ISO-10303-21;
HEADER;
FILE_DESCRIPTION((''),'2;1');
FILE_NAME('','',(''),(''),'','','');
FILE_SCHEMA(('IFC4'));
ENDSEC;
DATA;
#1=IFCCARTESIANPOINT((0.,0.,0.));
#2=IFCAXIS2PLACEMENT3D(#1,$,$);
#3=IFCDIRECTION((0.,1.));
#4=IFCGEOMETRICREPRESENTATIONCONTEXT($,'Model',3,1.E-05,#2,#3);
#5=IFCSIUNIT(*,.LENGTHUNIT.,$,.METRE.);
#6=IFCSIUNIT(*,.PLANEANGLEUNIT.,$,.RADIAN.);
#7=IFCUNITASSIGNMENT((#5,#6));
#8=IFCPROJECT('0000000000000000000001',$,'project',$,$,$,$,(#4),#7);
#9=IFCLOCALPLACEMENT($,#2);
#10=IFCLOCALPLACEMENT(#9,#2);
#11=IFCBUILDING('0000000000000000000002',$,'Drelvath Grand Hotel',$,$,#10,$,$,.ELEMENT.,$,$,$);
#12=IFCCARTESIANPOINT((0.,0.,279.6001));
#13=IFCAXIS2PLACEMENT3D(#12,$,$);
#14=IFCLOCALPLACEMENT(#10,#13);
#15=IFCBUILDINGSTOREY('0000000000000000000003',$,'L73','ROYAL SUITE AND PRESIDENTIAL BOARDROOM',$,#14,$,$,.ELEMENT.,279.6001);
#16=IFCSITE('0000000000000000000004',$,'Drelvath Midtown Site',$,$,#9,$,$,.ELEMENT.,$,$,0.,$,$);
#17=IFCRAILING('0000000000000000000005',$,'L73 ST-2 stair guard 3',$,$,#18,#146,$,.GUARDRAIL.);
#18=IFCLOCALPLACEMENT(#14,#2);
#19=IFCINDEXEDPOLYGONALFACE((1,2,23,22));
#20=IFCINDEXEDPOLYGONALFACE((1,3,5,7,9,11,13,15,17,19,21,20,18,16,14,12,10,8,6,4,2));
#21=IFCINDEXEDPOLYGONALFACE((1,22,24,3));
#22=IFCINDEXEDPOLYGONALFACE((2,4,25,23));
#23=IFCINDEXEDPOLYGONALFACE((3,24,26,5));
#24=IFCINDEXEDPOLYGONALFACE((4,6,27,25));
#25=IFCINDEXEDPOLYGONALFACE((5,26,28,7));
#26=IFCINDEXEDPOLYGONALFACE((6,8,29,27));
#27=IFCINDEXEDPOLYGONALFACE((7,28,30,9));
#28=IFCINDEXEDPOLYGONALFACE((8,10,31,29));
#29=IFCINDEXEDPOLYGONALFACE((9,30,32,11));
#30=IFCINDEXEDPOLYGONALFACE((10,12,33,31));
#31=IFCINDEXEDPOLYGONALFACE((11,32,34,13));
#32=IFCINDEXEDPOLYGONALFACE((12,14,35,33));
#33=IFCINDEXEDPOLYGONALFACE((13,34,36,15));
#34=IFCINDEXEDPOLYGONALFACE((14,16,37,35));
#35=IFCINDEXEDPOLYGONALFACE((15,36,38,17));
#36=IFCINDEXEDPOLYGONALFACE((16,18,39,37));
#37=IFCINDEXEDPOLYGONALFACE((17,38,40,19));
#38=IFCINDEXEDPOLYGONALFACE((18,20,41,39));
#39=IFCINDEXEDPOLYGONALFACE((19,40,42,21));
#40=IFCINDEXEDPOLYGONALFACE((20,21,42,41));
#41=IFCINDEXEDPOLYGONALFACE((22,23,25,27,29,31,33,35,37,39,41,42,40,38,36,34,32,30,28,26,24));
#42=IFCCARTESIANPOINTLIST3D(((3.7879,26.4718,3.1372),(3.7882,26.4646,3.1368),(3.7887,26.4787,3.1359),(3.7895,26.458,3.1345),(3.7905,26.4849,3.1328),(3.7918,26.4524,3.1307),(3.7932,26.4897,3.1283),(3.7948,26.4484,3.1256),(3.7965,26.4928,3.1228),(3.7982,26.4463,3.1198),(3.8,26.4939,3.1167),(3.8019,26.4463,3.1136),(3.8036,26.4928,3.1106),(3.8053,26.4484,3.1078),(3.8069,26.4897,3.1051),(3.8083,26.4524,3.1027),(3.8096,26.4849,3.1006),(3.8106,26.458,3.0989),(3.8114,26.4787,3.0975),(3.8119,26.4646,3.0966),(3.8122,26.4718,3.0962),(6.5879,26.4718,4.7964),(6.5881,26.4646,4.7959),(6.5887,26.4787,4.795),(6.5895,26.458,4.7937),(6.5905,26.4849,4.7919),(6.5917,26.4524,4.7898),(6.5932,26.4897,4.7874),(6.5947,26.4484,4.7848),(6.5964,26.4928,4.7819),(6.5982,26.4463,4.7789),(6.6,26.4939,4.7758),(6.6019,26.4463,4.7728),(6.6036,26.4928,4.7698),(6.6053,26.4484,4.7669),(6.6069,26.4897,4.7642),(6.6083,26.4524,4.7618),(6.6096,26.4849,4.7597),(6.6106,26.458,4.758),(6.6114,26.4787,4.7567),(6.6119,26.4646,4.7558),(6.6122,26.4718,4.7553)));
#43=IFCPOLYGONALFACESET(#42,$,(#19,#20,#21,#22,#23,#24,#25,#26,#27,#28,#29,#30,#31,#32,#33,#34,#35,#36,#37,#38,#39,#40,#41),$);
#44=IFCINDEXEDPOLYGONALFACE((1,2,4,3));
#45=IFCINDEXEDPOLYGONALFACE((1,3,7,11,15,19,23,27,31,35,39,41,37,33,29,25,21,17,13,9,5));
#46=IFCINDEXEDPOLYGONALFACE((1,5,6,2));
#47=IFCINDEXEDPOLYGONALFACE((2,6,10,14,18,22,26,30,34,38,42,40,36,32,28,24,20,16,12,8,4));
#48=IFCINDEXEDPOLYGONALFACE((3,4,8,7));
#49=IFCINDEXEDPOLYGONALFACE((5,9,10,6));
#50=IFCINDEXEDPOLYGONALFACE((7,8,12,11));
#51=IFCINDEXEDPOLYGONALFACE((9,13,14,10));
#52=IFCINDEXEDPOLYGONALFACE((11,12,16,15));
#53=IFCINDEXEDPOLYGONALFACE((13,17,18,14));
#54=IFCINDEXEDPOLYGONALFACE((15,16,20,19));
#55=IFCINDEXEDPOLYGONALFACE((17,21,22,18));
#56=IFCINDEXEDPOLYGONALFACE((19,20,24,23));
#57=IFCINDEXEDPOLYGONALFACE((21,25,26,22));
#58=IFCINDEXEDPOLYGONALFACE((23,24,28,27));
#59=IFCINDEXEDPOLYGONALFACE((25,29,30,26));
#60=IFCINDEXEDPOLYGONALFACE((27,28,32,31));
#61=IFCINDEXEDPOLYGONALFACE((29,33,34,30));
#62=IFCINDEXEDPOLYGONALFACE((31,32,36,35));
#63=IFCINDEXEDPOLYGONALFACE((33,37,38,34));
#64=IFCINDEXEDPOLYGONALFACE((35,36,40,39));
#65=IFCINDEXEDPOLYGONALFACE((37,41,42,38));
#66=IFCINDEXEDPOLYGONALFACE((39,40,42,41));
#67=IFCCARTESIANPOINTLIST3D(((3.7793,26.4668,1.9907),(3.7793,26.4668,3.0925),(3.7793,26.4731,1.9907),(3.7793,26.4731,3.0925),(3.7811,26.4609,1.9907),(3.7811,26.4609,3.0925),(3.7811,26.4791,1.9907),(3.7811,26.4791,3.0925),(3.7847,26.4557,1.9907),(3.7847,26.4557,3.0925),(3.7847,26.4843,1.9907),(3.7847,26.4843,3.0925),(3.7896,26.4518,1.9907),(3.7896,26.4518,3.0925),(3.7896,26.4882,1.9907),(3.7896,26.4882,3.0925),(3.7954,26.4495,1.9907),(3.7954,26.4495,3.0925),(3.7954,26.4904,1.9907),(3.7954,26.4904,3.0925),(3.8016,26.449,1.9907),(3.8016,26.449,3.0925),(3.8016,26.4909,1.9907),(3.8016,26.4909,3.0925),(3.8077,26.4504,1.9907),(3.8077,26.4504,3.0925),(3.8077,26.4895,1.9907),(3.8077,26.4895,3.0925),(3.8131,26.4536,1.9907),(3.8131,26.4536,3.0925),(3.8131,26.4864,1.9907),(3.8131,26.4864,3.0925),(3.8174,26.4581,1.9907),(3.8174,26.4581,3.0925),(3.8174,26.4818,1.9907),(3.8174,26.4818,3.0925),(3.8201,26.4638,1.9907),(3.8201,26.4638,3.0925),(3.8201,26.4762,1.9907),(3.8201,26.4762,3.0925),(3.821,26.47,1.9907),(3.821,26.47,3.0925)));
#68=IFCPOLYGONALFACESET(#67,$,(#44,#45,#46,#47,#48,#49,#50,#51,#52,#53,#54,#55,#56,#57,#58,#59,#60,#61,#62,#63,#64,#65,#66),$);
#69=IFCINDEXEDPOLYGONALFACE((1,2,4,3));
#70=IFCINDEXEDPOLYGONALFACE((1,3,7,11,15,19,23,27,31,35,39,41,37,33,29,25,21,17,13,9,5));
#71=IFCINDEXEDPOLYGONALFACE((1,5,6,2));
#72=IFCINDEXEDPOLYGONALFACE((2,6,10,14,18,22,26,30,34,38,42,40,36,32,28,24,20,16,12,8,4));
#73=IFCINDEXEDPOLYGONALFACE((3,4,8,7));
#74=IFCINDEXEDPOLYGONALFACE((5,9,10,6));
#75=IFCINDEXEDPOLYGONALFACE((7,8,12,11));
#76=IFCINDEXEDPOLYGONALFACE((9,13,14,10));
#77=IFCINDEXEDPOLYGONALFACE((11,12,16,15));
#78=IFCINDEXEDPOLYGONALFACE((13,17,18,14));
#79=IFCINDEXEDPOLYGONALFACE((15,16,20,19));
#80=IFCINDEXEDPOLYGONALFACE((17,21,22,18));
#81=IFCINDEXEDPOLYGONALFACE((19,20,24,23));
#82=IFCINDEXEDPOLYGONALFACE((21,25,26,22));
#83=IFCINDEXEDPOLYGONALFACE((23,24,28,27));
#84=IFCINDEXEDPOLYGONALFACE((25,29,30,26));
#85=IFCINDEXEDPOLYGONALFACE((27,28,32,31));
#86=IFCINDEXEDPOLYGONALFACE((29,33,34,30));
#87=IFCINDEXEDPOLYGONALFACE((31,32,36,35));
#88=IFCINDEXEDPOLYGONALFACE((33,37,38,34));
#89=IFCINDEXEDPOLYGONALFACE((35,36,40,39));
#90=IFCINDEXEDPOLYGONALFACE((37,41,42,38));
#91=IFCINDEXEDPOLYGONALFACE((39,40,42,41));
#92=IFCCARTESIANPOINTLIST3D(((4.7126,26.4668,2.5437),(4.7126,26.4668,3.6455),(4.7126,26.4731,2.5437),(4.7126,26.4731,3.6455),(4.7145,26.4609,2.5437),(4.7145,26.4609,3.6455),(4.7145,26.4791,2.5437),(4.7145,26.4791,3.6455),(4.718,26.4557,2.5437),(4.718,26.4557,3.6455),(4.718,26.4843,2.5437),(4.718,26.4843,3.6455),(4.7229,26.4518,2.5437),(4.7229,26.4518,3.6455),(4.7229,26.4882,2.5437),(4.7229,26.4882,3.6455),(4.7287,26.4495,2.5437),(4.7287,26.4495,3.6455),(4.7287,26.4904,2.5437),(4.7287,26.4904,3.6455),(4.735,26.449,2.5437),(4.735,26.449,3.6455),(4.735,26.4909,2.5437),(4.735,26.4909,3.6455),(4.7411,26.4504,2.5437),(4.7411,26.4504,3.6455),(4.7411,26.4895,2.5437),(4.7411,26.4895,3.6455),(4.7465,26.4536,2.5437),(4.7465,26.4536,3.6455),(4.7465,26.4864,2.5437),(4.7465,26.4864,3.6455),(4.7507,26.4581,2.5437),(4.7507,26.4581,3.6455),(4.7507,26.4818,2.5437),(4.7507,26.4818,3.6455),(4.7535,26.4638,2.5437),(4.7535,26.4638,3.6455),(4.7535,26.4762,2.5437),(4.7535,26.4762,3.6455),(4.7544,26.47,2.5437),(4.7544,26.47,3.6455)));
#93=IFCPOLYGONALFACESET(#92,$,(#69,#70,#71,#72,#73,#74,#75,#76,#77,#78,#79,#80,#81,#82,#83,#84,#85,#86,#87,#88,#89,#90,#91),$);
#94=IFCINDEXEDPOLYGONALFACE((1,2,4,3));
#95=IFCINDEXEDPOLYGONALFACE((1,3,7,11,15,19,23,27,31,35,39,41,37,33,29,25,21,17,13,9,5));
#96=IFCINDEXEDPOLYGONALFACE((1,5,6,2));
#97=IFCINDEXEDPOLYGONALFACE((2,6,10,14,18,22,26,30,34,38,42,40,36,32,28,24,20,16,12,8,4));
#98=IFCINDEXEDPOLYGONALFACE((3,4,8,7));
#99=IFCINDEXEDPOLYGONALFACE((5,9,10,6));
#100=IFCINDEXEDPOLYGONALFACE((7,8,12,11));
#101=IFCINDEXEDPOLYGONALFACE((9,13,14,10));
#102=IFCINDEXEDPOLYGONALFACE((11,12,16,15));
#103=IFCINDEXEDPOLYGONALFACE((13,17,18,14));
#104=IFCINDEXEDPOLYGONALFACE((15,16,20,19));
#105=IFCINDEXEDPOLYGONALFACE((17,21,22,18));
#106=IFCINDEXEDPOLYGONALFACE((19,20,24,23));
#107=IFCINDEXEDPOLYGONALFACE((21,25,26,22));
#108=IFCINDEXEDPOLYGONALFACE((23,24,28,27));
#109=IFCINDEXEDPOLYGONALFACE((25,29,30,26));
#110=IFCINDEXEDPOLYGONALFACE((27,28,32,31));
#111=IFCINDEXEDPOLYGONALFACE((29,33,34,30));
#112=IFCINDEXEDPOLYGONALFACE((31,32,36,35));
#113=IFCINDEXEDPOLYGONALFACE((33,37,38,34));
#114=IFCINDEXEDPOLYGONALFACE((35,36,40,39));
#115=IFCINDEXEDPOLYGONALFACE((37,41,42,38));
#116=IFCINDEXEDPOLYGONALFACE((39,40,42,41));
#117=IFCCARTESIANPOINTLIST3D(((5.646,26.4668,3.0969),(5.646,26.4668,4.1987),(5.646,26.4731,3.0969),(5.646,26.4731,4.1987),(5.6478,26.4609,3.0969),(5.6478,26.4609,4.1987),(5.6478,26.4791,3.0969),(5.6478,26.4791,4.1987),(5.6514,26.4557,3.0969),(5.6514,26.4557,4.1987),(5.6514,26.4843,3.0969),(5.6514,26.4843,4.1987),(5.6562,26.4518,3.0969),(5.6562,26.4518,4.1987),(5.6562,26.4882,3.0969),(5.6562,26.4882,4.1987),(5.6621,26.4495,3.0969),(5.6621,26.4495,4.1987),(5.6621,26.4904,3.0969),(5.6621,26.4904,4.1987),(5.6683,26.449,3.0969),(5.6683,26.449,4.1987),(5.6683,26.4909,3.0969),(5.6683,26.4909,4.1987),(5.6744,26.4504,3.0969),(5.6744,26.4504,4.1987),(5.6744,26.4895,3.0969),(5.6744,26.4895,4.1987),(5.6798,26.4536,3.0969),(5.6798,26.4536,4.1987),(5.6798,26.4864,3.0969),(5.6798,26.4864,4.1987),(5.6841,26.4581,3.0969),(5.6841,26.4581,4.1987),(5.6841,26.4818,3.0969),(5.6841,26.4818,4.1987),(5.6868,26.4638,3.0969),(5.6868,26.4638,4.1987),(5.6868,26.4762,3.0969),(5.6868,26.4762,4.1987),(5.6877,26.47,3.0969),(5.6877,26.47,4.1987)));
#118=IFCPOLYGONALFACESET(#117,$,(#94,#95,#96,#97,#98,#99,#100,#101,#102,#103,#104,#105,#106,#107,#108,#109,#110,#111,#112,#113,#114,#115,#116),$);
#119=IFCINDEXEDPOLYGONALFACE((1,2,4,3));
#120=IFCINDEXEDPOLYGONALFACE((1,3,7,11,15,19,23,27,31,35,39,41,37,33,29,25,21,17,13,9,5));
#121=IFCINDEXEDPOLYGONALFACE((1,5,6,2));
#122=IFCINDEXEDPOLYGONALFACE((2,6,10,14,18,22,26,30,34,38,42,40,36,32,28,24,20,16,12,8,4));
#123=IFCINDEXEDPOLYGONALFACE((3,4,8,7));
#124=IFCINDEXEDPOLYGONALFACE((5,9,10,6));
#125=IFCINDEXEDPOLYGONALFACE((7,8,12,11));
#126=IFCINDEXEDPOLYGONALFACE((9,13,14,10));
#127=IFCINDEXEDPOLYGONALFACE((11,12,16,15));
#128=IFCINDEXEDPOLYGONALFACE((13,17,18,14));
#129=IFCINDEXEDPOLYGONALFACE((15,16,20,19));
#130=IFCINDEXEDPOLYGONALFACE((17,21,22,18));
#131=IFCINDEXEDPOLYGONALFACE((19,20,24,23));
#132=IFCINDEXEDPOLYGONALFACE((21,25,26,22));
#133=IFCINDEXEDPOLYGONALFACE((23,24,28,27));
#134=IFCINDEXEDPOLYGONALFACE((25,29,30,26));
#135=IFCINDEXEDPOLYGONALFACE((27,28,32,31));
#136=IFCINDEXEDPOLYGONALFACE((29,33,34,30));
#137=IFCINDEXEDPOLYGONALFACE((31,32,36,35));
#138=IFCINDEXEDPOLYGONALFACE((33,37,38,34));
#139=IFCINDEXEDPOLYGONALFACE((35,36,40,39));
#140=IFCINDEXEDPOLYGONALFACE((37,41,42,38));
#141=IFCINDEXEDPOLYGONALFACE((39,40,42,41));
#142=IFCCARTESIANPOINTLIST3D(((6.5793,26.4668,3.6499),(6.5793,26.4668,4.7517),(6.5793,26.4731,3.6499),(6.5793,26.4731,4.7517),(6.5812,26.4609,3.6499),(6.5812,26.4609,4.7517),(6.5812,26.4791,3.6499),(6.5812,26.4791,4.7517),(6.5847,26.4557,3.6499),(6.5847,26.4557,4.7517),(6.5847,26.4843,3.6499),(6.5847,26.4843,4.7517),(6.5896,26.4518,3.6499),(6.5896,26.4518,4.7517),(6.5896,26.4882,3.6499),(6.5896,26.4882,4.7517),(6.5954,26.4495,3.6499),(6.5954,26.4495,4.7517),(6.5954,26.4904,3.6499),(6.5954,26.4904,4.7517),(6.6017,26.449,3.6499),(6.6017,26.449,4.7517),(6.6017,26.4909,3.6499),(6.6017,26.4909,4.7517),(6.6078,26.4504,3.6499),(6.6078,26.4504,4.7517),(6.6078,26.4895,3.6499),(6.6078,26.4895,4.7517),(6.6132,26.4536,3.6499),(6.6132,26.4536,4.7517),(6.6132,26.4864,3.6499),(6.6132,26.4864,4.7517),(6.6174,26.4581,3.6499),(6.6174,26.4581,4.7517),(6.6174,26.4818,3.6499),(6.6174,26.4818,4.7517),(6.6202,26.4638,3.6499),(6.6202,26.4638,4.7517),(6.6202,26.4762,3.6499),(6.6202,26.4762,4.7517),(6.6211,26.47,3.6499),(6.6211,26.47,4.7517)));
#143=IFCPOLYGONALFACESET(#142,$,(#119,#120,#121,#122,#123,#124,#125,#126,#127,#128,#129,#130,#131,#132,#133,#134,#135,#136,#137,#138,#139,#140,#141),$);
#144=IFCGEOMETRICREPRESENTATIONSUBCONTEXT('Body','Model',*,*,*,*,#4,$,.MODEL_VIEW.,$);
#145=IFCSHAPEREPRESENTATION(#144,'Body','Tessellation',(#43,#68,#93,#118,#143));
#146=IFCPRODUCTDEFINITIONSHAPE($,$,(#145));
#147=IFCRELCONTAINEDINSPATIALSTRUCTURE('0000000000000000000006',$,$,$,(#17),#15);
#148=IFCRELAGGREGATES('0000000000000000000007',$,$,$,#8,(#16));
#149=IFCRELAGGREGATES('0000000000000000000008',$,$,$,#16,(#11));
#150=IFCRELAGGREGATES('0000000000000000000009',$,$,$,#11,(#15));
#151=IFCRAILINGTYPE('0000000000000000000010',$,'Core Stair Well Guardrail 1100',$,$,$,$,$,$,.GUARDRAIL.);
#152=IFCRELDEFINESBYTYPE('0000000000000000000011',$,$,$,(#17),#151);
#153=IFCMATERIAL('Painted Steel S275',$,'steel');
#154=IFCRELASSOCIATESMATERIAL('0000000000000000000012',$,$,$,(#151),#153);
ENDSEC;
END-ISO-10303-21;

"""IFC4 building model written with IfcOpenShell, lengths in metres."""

from ifc_helpers import new_model, si_unit, direction, frame, origin, origin_2d, place, context, subcontext, project, spatial, circle, extrude, material, type_object, element, save


model = new_model("IFC4")

# Units and contexts
model_context = context("Model", 3, precision=1e-05, world=origin(), true_north=direction((0.0, 1.0)))
body_context = subcontext(model_context, "Body", "Model", "MODEL_VIEW")
ifc_project = project(units=[si_unit("LENGTHUNIT", "METRE"), si_unit("PLANEANGLEUNIT", "RADIAN")], contexts=[model_context])

# Site, building, storey
site_placement = place(None, origin())
site = spatial("IfcSite", under=ifc_project, at=site_placement, Name="Drelvath Midtown Site", CompositionType="ELEMENT", RefElevation=0.0)
building_placement = place(site_placement, origin())
building = spatial("IfcBuilding", under=site, at=building_placement, Name="Drelvath Grand Hotel", CompositionType="ELEMENT")
storey_placement = place(building_placement, frame((0.0, 0.0, 279.6001)))
storey = spatial("IfcBuildingStorey", under=building, at=storey_placement, Name="L73", Description="ROYAL SUITE AND PRESIDENTIAL BOARDROOM", CompositionType="ELEMENT", Elevation=279.6001)

# Railing
ifc_material_1 = material(Name="Painted Steel S275", Category="steel")
railing_type_1 = type_object("IfcRailingType", Name="Core Stair Well Guardrail 1100", PredefinedType="GUARDRAIL", material=ifc_material_1)
railing_1_placement = place(storey_placement, frame((3.8, 26.47, 1.9907)))
element("IfcRailing", 1, at=railing_1_placement, inside=storey, type_object=railing_type_1, Name="L73 ST-2 stair guard 3", PredefinedType="GUARDRAIL", context=body_context, shape_type="SweptSolid", body=[
    extrude(circle(Radius=0.0239, at=origin_2d()), frame((0.0, 0.0, 1.126), z_axis=(0.860306, 0.0, 0.509778), x_axis=(0.0, 1.0, 0.0)), (0.0, 0.0, 1.0), 3.2546),
    extrude(circle(Radius=0.021, at=origin_2d()), origin(), (0.0, 0.0, 1.0), 1.1018),
    extrude(circle(Radius=0.021, at=origin_2d()), frame((0.9333, 0.0, 0.553)), (0.0, 0.0, 1.0), 1.1018),
    extrude(circle(Radius=0.021, at=origin_2d()), frame((1.8667, 0.0, 1.1062)), (0.0, 0.0, 1.0), 1.1018),
    extrude(circle(Radius=0.021, at=origin_2d()), frame((2.8, 0.0, 1.6592)), (0.0, 0.0, 1.0), 1.1018),
])

save(model, "model.ifc")
